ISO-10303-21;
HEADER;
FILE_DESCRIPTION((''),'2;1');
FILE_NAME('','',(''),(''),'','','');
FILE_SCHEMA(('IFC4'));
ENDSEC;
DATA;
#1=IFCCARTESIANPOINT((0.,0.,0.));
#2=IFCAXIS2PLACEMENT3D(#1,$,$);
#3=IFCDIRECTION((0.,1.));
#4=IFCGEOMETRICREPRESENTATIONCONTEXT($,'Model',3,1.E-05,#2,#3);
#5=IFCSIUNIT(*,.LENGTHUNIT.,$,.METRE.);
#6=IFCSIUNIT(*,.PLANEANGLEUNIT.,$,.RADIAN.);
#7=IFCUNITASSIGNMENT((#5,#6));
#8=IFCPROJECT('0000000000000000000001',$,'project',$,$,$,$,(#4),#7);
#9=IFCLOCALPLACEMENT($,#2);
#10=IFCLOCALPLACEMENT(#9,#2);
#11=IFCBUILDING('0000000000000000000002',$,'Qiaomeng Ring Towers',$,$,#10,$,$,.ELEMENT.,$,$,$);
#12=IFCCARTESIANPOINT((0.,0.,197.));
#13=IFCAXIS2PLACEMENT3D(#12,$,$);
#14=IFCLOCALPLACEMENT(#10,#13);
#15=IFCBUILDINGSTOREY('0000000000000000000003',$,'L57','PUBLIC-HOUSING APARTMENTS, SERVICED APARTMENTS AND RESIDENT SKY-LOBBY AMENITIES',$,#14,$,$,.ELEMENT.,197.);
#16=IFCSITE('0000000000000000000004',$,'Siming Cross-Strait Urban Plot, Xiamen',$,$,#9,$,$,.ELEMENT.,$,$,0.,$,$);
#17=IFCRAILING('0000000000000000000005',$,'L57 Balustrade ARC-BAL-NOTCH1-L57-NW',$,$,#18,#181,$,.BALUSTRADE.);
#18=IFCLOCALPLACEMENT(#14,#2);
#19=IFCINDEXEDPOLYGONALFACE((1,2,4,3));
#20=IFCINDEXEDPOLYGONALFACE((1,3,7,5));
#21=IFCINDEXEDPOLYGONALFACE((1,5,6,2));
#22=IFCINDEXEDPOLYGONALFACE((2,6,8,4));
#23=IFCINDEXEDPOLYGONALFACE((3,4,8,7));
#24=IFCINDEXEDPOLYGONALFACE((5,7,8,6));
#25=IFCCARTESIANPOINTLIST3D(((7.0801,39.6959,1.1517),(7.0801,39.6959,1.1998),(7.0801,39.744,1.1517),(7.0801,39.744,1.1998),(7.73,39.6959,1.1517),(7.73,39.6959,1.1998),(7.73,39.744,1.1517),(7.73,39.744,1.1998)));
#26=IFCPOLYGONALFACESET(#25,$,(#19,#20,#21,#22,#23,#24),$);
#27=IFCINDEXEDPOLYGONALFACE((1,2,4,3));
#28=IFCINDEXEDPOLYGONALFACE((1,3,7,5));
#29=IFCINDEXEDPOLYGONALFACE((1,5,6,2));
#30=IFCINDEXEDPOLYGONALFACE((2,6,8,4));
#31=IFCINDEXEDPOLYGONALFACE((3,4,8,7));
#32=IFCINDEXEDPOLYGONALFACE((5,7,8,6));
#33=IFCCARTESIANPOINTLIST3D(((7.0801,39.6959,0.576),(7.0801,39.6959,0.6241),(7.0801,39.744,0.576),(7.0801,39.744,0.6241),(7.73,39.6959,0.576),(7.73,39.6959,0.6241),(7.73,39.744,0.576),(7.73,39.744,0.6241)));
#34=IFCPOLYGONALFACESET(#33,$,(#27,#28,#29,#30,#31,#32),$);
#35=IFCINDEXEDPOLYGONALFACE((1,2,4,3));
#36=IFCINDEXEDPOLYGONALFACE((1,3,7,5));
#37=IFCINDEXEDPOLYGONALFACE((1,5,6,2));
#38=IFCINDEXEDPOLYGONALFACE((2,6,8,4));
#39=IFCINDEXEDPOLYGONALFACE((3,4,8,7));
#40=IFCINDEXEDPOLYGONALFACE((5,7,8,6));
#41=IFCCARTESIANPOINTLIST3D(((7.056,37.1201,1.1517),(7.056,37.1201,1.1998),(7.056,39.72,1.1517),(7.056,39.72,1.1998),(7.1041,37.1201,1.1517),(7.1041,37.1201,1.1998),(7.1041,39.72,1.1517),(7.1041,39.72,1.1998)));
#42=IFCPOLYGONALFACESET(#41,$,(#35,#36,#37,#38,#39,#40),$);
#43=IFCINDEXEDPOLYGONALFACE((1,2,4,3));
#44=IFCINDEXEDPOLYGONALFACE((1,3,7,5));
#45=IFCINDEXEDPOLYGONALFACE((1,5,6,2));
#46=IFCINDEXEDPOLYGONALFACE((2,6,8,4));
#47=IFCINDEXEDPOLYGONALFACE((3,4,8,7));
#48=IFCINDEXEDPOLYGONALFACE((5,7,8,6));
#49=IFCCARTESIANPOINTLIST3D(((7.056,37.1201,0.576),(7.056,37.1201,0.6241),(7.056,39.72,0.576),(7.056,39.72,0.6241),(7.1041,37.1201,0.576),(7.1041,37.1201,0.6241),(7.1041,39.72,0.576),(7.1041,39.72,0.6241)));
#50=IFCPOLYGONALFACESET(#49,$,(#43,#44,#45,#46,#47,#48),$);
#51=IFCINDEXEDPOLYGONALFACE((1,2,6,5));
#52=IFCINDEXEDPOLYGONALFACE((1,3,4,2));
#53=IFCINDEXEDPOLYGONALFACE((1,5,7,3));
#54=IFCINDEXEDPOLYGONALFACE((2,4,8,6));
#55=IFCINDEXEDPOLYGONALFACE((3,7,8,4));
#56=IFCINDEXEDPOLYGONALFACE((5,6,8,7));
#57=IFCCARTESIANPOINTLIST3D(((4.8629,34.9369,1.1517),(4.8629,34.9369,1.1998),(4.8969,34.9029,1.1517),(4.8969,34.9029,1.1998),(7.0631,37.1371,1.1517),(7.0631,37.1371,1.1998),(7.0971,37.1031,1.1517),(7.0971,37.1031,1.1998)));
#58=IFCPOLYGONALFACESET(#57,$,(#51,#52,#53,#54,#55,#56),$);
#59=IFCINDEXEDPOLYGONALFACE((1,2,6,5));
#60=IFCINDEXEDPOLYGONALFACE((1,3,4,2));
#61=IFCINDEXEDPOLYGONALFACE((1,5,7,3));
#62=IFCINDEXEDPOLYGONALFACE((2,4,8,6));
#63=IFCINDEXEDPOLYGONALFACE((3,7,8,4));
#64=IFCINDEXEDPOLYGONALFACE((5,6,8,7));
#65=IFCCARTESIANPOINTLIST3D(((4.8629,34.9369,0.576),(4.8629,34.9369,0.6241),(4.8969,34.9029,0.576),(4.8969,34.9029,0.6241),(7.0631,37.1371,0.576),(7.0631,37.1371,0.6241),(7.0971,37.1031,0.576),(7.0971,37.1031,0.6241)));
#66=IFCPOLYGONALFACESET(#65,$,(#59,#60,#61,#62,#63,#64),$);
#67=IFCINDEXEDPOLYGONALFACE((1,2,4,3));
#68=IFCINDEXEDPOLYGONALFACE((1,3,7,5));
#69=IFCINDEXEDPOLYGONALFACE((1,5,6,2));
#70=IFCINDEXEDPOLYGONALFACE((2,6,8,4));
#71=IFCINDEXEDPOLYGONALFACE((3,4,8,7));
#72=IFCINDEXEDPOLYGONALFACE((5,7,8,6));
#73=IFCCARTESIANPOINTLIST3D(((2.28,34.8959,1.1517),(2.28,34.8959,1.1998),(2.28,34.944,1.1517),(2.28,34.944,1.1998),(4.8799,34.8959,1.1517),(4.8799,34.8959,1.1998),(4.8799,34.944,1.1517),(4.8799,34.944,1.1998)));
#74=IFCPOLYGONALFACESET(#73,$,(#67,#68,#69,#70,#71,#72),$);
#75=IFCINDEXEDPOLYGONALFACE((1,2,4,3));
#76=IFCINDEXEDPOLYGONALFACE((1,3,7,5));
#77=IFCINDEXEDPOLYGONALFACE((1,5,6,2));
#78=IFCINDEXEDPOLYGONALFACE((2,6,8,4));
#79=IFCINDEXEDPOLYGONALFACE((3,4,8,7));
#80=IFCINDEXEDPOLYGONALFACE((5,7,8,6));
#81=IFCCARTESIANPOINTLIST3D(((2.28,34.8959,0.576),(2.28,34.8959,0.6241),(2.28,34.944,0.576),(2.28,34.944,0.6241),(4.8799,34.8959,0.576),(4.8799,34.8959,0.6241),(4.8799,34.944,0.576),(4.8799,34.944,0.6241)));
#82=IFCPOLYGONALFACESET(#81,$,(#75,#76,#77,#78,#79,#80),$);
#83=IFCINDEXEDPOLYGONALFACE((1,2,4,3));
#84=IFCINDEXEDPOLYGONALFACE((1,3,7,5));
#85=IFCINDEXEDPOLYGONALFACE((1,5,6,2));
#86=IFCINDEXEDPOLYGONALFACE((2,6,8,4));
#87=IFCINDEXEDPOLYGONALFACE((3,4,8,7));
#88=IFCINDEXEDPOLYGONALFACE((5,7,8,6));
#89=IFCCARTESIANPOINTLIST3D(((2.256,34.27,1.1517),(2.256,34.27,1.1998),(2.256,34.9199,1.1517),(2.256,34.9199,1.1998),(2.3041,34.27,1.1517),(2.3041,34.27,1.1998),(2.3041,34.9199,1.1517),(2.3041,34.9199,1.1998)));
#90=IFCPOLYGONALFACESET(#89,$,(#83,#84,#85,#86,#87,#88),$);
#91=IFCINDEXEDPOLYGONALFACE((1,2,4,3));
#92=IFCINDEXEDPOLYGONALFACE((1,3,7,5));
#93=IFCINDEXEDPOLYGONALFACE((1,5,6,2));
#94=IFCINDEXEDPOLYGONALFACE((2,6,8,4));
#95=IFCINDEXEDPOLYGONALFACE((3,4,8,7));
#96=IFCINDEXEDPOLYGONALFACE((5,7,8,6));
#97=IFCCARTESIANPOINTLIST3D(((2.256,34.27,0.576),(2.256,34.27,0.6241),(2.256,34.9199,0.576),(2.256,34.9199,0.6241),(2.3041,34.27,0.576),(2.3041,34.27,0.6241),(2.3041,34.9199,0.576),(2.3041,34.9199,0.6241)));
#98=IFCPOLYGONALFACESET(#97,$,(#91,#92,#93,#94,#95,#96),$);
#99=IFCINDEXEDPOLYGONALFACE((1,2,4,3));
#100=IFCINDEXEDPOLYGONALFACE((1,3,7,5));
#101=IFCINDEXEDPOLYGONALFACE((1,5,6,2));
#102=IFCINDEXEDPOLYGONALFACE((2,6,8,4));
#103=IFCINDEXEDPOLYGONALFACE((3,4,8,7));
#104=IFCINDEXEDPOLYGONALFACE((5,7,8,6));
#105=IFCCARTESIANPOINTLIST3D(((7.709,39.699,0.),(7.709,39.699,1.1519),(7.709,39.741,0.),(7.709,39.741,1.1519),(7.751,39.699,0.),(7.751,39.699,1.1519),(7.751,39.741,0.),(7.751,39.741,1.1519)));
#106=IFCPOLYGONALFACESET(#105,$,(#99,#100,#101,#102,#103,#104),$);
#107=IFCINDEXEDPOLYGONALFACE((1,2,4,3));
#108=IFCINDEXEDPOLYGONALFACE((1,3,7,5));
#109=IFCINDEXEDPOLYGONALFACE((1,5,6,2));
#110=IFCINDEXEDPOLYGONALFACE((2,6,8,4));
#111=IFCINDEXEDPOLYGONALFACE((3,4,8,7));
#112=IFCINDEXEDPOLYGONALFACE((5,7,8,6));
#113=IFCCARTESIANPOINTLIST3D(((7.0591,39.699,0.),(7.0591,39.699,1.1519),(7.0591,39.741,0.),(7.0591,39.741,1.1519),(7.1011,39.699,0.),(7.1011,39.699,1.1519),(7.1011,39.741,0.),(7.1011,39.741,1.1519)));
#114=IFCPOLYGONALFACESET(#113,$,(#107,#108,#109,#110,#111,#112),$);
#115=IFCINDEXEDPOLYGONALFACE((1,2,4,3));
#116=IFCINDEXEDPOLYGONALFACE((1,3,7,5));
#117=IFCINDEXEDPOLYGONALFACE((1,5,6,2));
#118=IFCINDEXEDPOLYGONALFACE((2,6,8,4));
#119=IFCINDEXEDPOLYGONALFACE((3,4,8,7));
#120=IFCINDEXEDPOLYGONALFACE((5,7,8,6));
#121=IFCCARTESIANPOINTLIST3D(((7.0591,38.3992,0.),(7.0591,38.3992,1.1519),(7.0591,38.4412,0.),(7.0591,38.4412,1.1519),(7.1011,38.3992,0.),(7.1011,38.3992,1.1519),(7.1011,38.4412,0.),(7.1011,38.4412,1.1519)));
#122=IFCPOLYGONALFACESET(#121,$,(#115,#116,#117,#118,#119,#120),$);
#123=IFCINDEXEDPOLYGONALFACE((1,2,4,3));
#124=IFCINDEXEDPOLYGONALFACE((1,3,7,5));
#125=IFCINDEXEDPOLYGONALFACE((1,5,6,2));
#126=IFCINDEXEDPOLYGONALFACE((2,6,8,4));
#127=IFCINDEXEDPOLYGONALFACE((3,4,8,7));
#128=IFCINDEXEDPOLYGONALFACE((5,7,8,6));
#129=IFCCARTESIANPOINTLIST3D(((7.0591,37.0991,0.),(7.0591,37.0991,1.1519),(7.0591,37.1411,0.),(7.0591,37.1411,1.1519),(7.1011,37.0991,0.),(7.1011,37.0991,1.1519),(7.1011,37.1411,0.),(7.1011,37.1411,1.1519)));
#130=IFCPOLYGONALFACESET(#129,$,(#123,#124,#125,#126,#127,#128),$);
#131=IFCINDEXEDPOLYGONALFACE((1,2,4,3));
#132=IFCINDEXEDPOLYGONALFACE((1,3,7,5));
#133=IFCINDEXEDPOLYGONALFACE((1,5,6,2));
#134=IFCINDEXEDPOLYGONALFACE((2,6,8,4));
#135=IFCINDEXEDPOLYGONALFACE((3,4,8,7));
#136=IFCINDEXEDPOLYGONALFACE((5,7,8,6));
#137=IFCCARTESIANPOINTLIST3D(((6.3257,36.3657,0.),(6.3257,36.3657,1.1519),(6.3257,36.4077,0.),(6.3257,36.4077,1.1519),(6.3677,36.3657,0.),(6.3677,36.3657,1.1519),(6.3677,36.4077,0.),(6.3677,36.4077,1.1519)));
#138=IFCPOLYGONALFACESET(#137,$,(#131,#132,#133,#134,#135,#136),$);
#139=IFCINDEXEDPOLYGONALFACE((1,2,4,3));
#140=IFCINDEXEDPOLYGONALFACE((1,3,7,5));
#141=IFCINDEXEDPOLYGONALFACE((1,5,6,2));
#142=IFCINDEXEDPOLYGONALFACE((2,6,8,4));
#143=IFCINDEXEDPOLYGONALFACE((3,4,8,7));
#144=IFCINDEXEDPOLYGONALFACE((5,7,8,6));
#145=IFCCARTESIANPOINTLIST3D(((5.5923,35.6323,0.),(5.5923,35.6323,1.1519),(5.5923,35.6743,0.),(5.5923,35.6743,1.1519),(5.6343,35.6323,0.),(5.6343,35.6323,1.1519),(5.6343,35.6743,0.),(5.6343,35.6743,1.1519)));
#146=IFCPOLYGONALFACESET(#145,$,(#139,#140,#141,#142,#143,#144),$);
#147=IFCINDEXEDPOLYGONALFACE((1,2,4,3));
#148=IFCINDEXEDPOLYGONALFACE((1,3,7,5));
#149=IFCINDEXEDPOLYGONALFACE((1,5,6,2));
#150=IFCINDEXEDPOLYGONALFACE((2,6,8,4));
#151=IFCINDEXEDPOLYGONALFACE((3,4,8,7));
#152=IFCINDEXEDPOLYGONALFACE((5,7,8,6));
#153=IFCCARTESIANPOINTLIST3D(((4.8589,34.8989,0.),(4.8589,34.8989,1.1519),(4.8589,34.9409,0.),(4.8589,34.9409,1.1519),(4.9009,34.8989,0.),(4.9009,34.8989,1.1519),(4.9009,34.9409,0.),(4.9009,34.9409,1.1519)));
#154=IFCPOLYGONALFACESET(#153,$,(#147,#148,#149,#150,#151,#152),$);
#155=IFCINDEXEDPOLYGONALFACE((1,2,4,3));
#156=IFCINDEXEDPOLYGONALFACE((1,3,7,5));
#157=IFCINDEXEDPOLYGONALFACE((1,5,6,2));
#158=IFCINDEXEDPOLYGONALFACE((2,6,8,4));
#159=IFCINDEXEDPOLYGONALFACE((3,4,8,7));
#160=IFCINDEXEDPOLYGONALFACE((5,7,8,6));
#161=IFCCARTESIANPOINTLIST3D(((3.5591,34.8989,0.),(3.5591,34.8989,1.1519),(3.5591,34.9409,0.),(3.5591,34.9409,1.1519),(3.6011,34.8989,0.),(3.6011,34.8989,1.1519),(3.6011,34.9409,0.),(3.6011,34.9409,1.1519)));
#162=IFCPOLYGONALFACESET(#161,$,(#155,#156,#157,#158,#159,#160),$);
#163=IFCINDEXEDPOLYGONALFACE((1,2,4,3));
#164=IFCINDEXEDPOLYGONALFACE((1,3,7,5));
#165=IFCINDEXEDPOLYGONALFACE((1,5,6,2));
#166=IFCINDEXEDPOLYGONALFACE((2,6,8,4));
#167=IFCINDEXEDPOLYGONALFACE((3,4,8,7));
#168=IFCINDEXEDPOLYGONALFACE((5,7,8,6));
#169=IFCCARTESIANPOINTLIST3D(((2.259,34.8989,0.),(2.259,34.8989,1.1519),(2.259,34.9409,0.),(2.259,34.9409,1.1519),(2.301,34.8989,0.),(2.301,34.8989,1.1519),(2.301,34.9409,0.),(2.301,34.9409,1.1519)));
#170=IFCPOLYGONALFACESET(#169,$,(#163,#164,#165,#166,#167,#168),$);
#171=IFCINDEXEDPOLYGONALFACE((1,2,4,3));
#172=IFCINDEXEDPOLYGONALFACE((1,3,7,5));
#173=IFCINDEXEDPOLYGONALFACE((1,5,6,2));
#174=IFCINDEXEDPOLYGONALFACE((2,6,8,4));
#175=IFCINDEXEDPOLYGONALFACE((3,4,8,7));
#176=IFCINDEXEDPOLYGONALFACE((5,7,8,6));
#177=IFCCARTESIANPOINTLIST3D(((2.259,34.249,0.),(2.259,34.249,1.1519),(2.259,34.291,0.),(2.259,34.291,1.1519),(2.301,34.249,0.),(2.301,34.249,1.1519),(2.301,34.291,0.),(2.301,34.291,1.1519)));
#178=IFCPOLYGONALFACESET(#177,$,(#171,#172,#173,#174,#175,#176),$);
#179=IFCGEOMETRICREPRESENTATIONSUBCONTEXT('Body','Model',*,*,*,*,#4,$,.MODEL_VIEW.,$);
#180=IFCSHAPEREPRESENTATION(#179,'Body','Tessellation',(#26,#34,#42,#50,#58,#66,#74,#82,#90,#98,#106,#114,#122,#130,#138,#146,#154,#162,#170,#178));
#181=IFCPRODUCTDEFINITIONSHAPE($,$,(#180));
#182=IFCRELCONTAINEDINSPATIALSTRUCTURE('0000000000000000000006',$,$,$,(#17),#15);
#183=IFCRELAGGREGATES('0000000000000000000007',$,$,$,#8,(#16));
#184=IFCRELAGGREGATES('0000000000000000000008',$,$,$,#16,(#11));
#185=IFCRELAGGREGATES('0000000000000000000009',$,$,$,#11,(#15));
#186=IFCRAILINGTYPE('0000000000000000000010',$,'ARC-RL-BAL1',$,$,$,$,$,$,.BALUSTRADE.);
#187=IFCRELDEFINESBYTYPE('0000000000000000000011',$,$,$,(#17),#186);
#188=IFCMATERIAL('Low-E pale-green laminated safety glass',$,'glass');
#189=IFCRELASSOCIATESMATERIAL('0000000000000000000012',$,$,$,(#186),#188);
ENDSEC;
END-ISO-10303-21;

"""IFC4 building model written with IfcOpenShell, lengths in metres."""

from ifc_helpers import new_model, si_unit, direction, frame, origin, origin_2d, place, context, subcontext, project, spatial, rectangle, extrude, material, type_object, element, save


model = new_model("IFC4")

# Units and contexts
model_context = context("Model", 3, precision=1e-05, world=origin(), true_north=direction((0.0, 1.0)))
body_context = subcontext(model_context, "Body", "Model", "MODEL_VIEW")
ifc_project = project(units=[si_unit("LENGTHUNIT", "METRE"), si_unit("PLANEANGLEUNIT", "RADIAN")], contexts=[model_context])

# Site, building, storey
site_placement = place(None, origin())
site = spatial("IfcSite", under=ifc_project, at=site_placement, Name="Siming Cross-Strait Urban Plot, Xiamen", CompositionType="ELEMENT", RefElevation=0.0)
building_placement = place(site_placement, origin())
building = spatial("IfcBuilding", under=site, at=building_placement, Name="Qiaomeng Ring Towers", CompositionType="ELEMENT")
storey_placement = place(building_placement, frame((0.0, 0.0, 197.0)))
storey = spatial("IfcBuildingStorey", under=building, at=storey_placement, Name="L57", Description="PUBLIC-HOUSING APARTMENTS, SERVICED APARTMENTS AND RESIDENT SKY-LOBBY AMENITIES", CompositionType="ELEMENT", Elevation=197.0)

# Railing
ifc_material_1 = material(Name="Low-E pale-green laminated safety glass", Category="glass")
railing_type = type_object("IfcRailingType", Name="ARC-RL-BAL1", PredefinedType="BALUSTRADE", material=ifc_material_1)
railing_placement = place(storey_placement, frame((7.73, 39.72, 0.0)))
element("IfcRailing", 1, at=railing_placement, inside=storey, type_object=railing_type, Name="L57 Balustrade ARC-BAL-NOTCH1-L57-NW", PredefinedType="BALUSTRADE", context=body_context, shape_type="SweptSolid", body=[
    extrude(rectangle(XDim=0.0481, YDim=0.0481, at=origin_2d()), frame((0.0, 0.0, 1.1758), z_axis=(-1.0, 0.0, 0.0), x_axis=(0.0, -1.0, 0.0)), (0.0, 0.0, 1.0), 0.6499),
    extrude(rectangle(XDim=0.0481, YDim=0.0481, at=origin_2d()), frame((0.0, 0.0, 0.6001), z_axis=(-1.0, 0.0, 0.0), x_axis=(0.0, -1.0, 0.0)), (0.0, 0.0, 1.0), 0.6499),
    extrude(rectangle(XDim=0.0481, YDim=0.0481, at=origin_2d()), frame((-0.6499, 0.0, 1.1758), z_axis=(0.0, -1.0, 0.0), x_axis=(1.0, 0.0, 0.0)), (0.0, 0.0, 1.0), 2.5999),
    extrude(rectangle(XDim=0.0481, YDim=0.0481, at=origin_2d()), frame((-0.6499, 0.0, 0.6001), z_axis=(0.0, -1.0, 0.0), x_axis=(1.0, 0.0, 0.0)), (0.0, 0.0, 1.0), 2.5999),
    extrude(rectangle(XDim=0.0481, YDim=0.0481, at=origin_2d()), frame((-0.6499, -2.5999, 1.1758), z_axis=(-0.707107, -0.707107, 0.0), x_axis=(0.707107, -0.707107, 0.0)), (0.0, 0.0, 1.0), 3.1116),
    extrude(rectangle(XDim=0.0481, YDim=0.0481, at=origin_2d()), frame((-0.6499, -2.5999, 0.6001), z_axis=(-0.707107, -0.707107, 0.0), x_axis=(0.707107, -0.707107, 0.0)), (0.0, 0.0, 1.0), 3.1116),
    extrude(rectangle(XDim=0.0481, YDim=0.0481, at=origin_2d()), frame((-2.8501, -4.8, 1.1758), z_axis=(-1.0, 0.0, 0.0), x_axis=(0.0, -1.0, 0.0)), (0.0, 0.0, 1.0), 2.5999),
    extrude(rectangle(XDim=0.0481, YDim=0.0481, at=origin_2d()), frame((-2.8501, -4.8, 0.6001), z_axis=(-1.0, 0.0, 0.0), x_axis=(0.0, -1.0, 0.0)), (0.0, 0.0, 1.0), 2.5999),
    extrude(rectangle(XDim=0.0481, YDim=0.0481, at=origin_2d()), frame((-5.45, -4.8, 1.1758), z_axis=(0.0, -1.0, 0.0), x_axis=(1.0, 0.0, 0.0)), (0.0, 0.0, 1.0), 0.6499),
    extrude(rectangle(XDim=0.0481, YDim=0.0481, at=origin_2d()), frame((-5.45, -4.8, 0.6001), z_axis=(0.0, -1.0, 0.0), x_axis=(1.0, 0.0, 0.0)), (0.0, 0.0, 1.0), 0.6499),
    extrude(rectangle(XDim=0.042, YDim=0.042, at=origin_2d()), origin(), (0.0, 0.0, 1.0), 1.1519),
    extrude(rectangle(XDim=0.042, YDim=0.042, at=origin_2d()), frame((-0.6499, 0.0, 0.0)), (0.0, 0.0, 1.0), 1.1519),
    extrude(rectangle(XDim=0.042, YDim=0.042, at=origin_2d()), frame((-0.6499, -1.2998, 0.0)), (0.0, 0.0, 1.0), 1.1519),
    extrude(rectangle(XDim=0.042, YDim=0.042, at=origin_2d()), frame((-0.6499, -2.5999, 0.0)), (0.0, 0.0, 1.0), 1.1519),
    extrude(rectangle(XDim=0.042, YDim=0.042, at=origin_2d()), frame((-1.3833, -3.3333, 0.0)), (0.0, 0.0, 1.0), 1.1519),
    extrude(rectangle(XDim=0.042, YDim=0.042, at=origin_2d()), frame((-2.1167, -4.0667, 0.0)), (0.0, 0.0, 1.0), 1.1519),
    extrude(rectangle(XDim=0.042, YDim=0.042, at=origin_2d()), frame((-2.8501, -4.8, 0.0)), (0.0, 0.0, 1.0), 1.1519),
    extrude(rectangle(XDim=0.042, YDim=0.042, at=origin_2d()), frame((-4.1499, -4.8, 0.0)), (0.0, 0.0, 1.0), 1.1519),
    extrude(rectangle(XDim=0.042, YDim=0.042, at=origin_2d()), frame((-5.45, -4.8, 0.0)), (0.0, 0.0, 1.0), 1.1519),
    extrude(rectangle(XDim=0.042, YDim=0.042, at=origin_2d()), frame((-5.45, -5.45, 0.0)), (0.0, 0.0, 1.0), 1.1519),
])

save(model, "model.ifc")
